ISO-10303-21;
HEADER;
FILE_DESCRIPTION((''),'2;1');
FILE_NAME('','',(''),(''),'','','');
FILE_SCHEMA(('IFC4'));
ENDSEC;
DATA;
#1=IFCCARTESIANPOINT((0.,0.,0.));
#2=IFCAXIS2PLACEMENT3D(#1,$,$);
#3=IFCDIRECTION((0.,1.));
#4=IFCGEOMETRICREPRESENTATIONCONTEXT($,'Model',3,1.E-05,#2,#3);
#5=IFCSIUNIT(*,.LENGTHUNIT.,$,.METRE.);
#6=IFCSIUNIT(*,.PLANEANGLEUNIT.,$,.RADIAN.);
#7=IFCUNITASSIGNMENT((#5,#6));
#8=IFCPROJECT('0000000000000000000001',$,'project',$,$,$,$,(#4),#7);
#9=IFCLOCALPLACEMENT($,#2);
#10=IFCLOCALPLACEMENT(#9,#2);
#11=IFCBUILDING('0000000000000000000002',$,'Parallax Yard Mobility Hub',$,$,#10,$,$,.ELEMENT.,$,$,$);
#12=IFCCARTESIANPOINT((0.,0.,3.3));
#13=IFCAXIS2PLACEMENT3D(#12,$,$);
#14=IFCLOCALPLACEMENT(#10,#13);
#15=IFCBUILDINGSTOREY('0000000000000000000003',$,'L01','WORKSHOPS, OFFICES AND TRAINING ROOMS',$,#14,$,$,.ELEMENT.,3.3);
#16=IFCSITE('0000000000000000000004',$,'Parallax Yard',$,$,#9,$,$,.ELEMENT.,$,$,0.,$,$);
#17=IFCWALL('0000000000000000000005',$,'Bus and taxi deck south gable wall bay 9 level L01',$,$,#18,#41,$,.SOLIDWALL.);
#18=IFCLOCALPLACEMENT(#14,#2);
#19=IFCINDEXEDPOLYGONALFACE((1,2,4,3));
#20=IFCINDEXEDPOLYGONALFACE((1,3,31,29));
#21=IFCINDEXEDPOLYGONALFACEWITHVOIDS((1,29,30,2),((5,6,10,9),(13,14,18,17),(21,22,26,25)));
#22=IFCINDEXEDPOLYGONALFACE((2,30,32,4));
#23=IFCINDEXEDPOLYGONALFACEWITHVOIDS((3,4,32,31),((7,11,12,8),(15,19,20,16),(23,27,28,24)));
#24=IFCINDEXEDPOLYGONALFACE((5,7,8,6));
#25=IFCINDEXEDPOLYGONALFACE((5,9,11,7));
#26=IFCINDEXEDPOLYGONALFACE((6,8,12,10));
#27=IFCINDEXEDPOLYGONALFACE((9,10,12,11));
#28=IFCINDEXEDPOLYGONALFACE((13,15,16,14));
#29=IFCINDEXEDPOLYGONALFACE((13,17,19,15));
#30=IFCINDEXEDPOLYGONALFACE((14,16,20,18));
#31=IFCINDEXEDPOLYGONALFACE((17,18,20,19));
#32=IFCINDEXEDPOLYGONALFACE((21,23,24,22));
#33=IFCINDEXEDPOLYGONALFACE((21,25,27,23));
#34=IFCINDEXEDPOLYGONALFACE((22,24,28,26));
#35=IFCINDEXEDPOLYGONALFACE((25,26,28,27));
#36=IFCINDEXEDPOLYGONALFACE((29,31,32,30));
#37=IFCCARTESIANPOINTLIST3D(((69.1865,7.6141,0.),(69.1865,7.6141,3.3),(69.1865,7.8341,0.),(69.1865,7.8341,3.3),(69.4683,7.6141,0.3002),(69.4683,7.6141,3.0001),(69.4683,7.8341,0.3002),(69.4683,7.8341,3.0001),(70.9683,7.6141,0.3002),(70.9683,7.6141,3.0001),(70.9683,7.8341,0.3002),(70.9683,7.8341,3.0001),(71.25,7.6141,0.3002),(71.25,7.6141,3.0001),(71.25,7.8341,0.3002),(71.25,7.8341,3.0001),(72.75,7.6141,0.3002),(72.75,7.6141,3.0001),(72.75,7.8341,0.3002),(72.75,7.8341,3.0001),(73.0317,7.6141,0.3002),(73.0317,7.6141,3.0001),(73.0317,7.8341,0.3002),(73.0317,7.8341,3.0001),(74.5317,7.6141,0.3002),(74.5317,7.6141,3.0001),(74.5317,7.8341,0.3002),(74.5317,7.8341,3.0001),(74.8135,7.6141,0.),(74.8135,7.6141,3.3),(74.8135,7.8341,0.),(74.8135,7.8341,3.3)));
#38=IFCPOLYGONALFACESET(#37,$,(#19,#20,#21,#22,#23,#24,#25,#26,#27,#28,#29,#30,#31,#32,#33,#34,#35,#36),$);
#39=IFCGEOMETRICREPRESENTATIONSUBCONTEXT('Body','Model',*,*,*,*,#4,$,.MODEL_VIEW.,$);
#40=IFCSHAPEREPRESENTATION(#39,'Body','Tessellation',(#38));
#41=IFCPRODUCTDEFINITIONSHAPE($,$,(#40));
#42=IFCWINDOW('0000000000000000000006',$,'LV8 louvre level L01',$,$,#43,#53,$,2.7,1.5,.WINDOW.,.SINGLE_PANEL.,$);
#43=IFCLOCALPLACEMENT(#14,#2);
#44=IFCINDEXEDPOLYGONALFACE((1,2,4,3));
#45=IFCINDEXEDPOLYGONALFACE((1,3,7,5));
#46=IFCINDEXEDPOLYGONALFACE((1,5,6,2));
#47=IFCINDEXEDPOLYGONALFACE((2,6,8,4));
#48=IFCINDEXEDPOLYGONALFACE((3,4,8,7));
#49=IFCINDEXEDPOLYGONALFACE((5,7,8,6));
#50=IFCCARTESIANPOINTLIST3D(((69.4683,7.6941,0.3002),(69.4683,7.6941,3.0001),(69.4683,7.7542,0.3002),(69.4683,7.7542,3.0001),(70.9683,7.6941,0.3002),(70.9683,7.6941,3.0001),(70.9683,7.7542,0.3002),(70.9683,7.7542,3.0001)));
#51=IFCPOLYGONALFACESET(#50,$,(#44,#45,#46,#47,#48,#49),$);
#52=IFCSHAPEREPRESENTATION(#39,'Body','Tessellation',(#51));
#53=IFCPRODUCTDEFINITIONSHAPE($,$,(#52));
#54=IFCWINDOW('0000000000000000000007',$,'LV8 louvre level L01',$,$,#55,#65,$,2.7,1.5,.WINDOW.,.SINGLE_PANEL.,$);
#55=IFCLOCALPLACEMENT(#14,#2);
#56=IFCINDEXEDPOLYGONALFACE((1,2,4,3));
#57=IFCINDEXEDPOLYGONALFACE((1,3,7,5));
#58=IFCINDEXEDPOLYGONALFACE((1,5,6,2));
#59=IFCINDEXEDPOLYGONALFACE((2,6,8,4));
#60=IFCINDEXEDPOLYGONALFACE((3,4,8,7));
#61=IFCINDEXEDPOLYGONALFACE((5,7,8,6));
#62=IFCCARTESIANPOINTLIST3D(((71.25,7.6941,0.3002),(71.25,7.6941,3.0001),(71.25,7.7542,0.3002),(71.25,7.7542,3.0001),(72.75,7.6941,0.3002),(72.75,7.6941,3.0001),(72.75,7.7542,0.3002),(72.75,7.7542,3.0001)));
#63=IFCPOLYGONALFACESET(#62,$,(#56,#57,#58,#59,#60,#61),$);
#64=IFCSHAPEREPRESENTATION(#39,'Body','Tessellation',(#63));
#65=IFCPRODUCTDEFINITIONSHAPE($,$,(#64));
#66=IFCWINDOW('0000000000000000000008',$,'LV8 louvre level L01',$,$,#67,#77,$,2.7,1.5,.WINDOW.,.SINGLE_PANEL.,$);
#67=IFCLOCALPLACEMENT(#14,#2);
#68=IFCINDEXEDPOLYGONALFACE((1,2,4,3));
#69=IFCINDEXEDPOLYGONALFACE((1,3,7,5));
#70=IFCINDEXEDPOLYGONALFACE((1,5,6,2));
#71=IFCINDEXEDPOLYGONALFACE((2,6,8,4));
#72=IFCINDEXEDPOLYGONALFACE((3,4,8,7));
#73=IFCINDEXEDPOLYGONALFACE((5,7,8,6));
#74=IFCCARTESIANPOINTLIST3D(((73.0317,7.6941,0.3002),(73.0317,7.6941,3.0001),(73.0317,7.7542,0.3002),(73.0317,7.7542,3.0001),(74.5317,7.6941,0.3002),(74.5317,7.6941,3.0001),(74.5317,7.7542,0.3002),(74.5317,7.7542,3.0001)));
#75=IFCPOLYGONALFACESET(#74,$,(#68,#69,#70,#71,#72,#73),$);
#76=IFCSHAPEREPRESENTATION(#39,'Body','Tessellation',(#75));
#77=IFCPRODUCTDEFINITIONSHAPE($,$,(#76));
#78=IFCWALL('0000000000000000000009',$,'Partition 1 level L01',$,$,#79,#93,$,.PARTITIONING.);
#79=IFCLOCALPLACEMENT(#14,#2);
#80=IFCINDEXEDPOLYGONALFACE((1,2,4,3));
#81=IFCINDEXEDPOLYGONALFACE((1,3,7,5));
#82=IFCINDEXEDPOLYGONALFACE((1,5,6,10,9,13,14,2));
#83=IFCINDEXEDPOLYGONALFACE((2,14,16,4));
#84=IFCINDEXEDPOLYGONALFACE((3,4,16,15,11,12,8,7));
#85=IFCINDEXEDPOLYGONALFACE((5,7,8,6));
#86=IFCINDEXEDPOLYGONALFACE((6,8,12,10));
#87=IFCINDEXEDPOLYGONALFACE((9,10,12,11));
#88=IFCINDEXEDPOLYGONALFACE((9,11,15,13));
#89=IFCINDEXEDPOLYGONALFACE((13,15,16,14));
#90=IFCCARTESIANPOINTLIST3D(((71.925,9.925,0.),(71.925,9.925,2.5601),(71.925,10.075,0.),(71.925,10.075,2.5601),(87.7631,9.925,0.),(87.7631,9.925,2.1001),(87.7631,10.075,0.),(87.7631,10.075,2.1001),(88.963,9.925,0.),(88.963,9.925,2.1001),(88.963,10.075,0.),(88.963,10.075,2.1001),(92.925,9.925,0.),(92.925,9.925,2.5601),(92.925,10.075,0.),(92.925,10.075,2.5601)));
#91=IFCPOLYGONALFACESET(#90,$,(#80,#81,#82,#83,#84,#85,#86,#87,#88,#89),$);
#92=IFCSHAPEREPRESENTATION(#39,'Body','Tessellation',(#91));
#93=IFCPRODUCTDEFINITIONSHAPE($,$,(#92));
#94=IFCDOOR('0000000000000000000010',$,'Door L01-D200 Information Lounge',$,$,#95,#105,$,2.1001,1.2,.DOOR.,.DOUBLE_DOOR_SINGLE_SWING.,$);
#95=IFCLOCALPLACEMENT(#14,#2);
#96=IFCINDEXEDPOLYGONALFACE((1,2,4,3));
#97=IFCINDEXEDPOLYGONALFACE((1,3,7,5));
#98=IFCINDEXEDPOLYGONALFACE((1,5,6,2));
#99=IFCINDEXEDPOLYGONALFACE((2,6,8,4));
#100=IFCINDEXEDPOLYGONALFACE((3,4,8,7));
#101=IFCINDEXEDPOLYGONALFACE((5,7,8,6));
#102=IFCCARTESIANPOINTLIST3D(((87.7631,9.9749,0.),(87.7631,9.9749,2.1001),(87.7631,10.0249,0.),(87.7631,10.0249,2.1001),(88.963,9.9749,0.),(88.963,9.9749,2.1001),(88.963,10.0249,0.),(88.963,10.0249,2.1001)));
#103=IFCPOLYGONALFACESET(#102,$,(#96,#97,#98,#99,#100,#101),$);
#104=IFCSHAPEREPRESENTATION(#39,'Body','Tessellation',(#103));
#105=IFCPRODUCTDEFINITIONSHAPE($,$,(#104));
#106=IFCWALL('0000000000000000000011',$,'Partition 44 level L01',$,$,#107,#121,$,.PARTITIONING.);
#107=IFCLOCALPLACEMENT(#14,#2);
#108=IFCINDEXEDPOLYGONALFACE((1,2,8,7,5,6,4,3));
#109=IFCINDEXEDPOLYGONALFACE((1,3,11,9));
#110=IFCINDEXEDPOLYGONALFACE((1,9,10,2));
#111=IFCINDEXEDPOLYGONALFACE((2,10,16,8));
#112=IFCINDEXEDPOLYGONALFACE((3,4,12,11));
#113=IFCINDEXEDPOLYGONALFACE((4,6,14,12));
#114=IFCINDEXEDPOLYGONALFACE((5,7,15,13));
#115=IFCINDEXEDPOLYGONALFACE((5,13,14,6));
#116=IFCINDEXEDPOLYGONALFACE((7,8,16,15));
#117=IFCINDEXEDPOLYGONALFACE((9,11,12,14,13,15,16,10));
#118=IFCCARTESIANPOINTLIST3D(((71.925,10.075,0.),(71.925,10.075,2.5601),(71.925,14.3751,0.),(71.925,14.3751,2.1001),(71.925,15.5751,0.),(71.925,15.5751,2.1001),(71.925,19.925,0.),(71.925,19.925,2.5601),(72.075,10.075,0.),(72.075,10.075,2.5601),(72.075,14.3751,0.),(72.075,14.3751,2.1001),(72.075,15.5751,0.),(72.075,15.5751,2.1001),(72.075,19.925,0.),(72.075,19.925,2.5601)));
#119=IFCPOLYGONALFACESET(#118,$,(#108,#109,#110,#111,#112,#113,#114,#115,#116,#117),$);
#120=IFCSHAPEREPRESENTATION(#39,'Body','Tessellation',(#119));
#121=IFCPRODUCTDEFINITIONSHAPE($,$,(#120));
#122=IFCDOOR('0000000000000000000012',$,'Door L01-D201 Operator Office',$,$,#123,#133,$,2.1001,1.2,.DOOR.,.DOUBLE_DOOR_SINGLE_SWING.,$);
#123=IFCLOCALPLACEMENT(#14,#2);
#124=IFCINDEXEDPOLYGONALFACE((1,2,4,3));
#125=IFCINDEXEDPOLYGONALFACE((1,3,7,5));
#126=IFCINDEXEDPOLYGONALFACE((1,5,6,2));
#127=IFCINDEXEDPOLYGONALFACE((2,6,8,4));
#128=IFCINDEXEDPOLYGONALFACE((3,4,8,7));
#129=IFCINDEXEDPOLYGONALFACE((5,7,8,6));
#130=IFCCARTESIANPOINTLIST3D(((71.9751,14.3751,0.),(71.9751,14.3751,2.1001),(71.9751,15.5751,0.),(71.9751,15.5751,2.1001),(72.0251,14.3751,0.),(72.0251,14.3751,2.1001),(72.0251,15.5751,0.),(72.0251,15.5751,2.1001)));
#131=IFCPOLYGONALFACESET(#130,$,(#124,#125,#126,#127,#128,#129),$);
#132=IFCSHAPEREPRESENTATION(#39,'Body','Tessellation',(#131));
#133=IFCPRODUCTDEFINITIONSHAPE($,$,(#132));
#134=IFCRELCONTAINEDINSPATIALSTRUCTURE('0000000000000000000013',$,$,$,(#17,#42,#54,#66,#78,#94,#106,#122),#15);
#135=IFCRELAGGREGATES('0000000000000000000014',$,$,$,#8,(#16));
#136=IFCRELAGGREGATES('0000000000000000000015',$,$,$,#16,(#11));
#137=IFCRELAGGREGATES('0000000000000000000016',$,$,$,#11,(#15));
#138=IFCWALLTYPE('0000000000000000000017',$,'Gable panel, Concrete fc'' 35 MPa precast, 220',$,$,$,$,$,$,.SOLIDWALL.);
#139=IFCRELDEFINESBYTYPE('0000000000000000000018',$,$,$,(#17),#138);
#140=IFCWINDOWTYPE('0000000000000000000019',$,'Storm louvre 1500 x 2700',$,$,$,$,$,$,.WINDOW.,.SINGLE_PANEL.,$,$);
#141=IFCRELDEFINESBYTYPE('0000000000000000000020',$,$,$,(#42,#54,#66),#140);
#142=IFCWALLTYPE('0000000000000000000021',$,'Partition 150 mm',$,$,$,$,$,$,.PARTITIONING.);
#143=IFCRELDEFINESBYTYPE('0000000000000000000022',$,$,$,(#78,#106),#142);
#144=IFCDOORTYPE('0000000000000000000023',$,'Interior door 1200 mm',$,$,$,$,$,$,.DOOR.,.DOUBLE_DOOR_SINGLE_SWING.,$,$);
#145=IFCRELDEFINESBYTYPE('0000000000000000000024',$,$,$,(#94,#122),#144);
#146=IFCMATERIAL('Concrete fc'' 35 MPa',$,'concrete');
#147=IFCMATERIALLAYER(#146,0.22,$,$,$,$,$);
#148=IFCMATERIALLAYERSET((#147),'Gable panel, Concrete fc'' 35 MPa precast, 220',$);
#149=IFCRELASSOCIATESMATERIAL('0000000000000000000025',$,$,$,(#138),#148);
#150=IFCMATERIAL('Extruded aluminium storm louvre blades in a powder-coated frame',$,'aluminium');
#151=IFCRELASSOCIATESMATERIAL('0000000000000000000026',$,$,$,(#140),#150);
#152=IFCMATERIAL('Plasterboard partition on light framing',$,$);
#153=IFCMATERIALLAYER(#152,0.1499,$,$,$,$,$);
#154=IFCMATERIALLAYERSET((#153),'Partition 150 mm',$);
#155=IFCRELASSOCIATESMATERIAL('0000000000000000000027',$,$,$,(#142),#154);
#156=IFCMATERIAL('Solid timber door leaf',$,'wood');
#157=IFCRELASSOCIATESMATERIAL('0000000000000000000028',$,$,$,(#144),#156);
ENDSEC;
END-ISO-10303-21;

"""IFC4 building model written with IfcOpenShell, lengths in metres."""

from ifc_helpers import new_model, si_unit, direction, frame, frame_2d, origin, place, context, subcontext, project, spatial, rectangle, extrude, material, layer, layer_set, type_object, element, fill, save


model = new_model("IFC4")

# Units and contexts
model_context = context("Model", 3, precision=1e-05, world=origin(), true_north=direction((0.0, 1.0)))
body_context = subcontext(model_context, "Body", "Model", "MODEL_VIEW")
ifc_project = project(units=[si_unit("LENGTHUNIT", "METRE"), si_unit("PLANEANGLEUNIT", "RADIAN")], contexts=[model_context])

# Site, building, storey
site_placement = place(None, origin())
site = spatial("IfcSite", under=ifc_project, at=site_placement, Name="Parallax Yard", CompositionType="ELEMENT", RefElevation=0.0)
building_placement = place(site_placement, origin())
building = spatial("IfcBuilding", under=site, at=building_placement, Name="Parallax Yard Mobility Hub", CompositionType="ELEMENT")
storey_placement = place(building_placement, frame((0.0, 0.0, 3.3)))
storey = spatial("IfcBuildingStorey", under=building, at=storey_placement, Name="L01", Description="WORKSHOPS, OFFICES AND TRAINING ROOMS", CompositionType="ELEMENT", Elevation=3.3)

# Wall, openings, windows
ifc_material_1 = material(Name="Concrete fc' 35 MPa", Category="concrete")
ifc_layer_1 = layer(ifc_material_1, 0.22)
ifc_layer_set_1 = layer_set([ifc_layer_1], Name="Gable panel, Concrete fc' 35 MPa precast, 220")
wall_type_1 = type_object("IfcWallType", Name="Gable panel, Concrete fc' 35 MPa precast, 220", PredefinedType="SOLIDWALL", material=ifc_layer_set_1)
wall_1_placement = place(storey_placement, frame((69.1865, 7.7241, 0.0), z_axis=(0.0, 0.0, 1.0), x_axis=(1.0, 0.0, 0.0)))
wall_1 = element("IfcWall", 1, at=wall_1_placement, inside=storey, type_object=wall_type_1, Name="Bus and taxi deck south gable wall bay 9 level L01", PredefinedType="SOLIDWALL", context=body_context, shape_type="SweptSolid", body=[
    extrude(rectangle(XDim=5.627, YDim=0.22, at=frame_2d((2.8135, 0.0))), origin(), (0.0, 0.0, 1.0), 3.3),
])
opening_1_placement = place(wall_1_placement, frame((0.2817, 0.0, 0.3)))
opening_1 = element("IfcOpeningElement", 2, at=opening_1_placement, cuts=wall_1, PredefinedType="OPENING", context=body_context, shape_type="SweptSolid", body=[
    extrude(rectangle(XDim=1.5, YDim=2.7, at=frame_2d((0.75, 1.3501))), frame((0.0, 0.1201, 0.0), z_axis=(0.0, -1.0, 0.0), x_axis=(1.0, 0.0, 0.0)), (0.0, 0.0, 1.0), 0.24),
])
opening_2_placement = place(wall_1_placement, frame((2.0635, 0.0, 0.3)))
opening_2 = element("IfcOpeningElement", 3, at=opening_2_placement, cuts=wall_1, PredefinedType="OPENING", context=body_context, shape_type="SweptSolid", body=[
    extrude(rectangle(XDim=1.5, YDim=2.7, at=frame_2d((0.75, 1.3501))), frame((0.0, 0.1201, 0.0), z_axis=(0.0, -1.0, 0.0), x_axis=(1.0, 0.0, 0.0)), (0.0, 0.0, 1.0), 0.24),
])
opening_3_placement = place(wall_1_placement, frame((3.8452, 0.0, 0.3)))
opening_3 = element("IfcOpeningElement", 4, at=opening_3_placement, cuts=wall_1, PredefinedType="OPENING", context=body_context, shape_type="SweptSolid", body=[
    extrude(rectangle(XDim=1.5, YDim=2.7, at=frame_2d((0.75, 1.3501))), frame((0.0, 0.1201, 0.0), z_axis=(0.0, -1.0, 0.0), x_axis=(1.0, 0.0, 0.0)), (0.0, 0.0, 1.0), 0.24),
])
ifc_material_2 = material(Name="Extruded aluminium storm louvre blades in a powder-coated frame", Category="aluminium")
window_type = type_object("IfcWindowType", Name="Storm louvre 1500 x 2700", PartitioningType="SINGLE_PANEL", PredefinedType="WINDOW", material=ifc_material_2)
window_1_placement = place(opening_1_placement, origin())
window_1 = element("IfcWindow", 5, at=window_1_placement, inside=storey, type_object=window_type, Name="LV8 louvre level L01", OverallHeight=2.7, OverallWidth=1.5, PartitioningType="SINGLE_PANEL", PredefinedType="WINDOW", context=body_context, shape_type="SweptSolid", body=[
    extrude(rectangle(XDim=1.5, YDim=2.7, at=frame_2d((0.75, 1.3501))), frame((0.0, 0.03, 0.0), z_axis=(0.0, -1.0, 0.0), x_axis=(1.0, 0.0, 0.0)), (0.0, 0.0, 1.0), 0.0601),
])
fill(opening_1, window_1)
window_2_placement = place(opening_2_placement, origin())
window_2 = element("IfcWindow", 6, at=window_2_placement, inside=storey, type_object=window_type, Name="LV8 louvre level L01", OverallHeight=2.7, OverallWidth=1.5, PartitioningType="SINGLE_PANEL", PredefinedType="WINDOW", context=body_context, shape_type="SweptSolid", body=[
    extrude(rectangle(XDim=1.5, YDim=2.7, at=frame_2d((0.75, 1.3501))), frame((0.0, 0.03, 0.0), z_axis=(0.0, -1.0, 0.0), x_axis=(1.0, 0.0, 0.0)), (0.0, 0.0, 1.0), 0.0601),
])
fill(opening_2, window_2)
window_3_placement = place(opening_3_placement, origin())
window_3 = element("IfcWindow", 7, at=window_3_placement, inside=storey, type_object=window_type, Name="LV8 louvre level L01", OverallHeight=2.7, OverallWidth=1.5, PartitioningType="SINGLE_PANEL", PredefinedType="WINDOW", context=body_context, shape_type="SweptSolid", body=[
    extrude(rectangle(XDim=1.5, YDim=2.7, at=frame_2d((0.75, 1.3501))), frame((0.0, 0.03, 0.0), z_axis=(0.0, -1.0, 0.0), x_axis=(1.0, 0.0, 0.0)), (0.0, 0.0, 1.0), 0.0601),
])
fill(opening_3, window_3)

# Walls, openings, doors
ifc_material_3 = material(Name="Plasterboard partition on light framing")
ifc_layer_2 = layer(ifc_material_3, 0.1499)
ifc_layer_set_2 = layer_set([ifc_layer_2], Name="Partition 150 mm")
wall_type_2 = type_object("IfcWallType", Name="Partition 150 mm", PredefinedType="PARTITIONING", material=ifc_layer_set_2)
wall_2_placement = place(storey_placement, frame((71.925, 10.0, 0.0), z_axis=(0.0, 0.0, 1.0), x_axis=(1.0, 0.0, 0.0)))
wall_2 = element("IfcWall", 8, at=wall_2_placement, inside=storey, type_object=wall_type_2, Name="Partition 1 level L01", PredefinedType="PARTITIONING", context=body_context, shape_type="SweptSolid", body=[
    extrude(rectangle(XDim=21.0, YDim=0.1499, at=frame_2d((10.5, 0.0))), origin(), (0.0, 0.0, 1.0), 2.5601),
])
opening_4_placement = place(wall_2_placement, frame((15.8379, 0.0, 0.0)))
opening_4 = element("IfcOpeningElement", 9, at=opening_4_placement, cuts=wall_2, PredefinedType="OPENING", context=body_context, shape_type="SweptSolid", body=[
    extrude(rectangle(XDim=1.2, YDim=2.1001, at=frame_2d((0.6001, 1.05))), frame((0.0, 0.085, 0.0), z_axis=(0.0, -1.0, 0.0), x_axis=(1.0, 0.0, 0.0)), (0.0, 0.0, 1.0), 0.1699),
])
ifc_material_4 = material(Name="Solid timber door leaf", Category="wood")
door_type = type_object("IfcDoorType", Name="Interior door 1200 mm", OperationType="DOUBLE_DOOR_SINGLE_SWING", PredefinedType="DOOR", material=ifc_material_4)
door_1_placement = place(opening_4_placement, origin())
door_1 = element("IfcDoor", 10, at=door_1_placement, inside=storey, type_object=door_type, Name="Door L01-D200 Information Lounge", OperationType="DOUBLE_DOOR_SINGLE_SWING", OverallHeight=2.1001, OverallWidth=1.2, PredefinedType="DOOR", context=body_context, shape_type="SweptSolid", body=[
    extrude(rectangle(XDim=1.2, YDim=2.1001, at=frame_2d((0.6001, 1.05))), frame((0.0, 0.0249, 0.0), z_axis=(0.0, -1.0, 0.0), x_axis=(1.0, 0.0, 0.0)), (0.0, 0.0, 1.0), 0.05),
])
fill(opening_4, door_1)
wall_3_placement = place(storey_placement, frame((72.0, 10.075, 0.0), z_axis=(0.0, 0.0, 1.0), x_axis=(0.0, 1.0, 0.0)))
wall_3 = element("IfcWall", 11, at=wall_3_placement, inside=storey, type_object=wall_type_2, Name="Partition 44 level L01", PredefinedType="PARTITIONING", context=body_context, shape_type="SweptSolid", body=[
    extrude(rectangle(XDim=9.8501, YDim=0.1499, at=frame_2d((4.925, 0.0))), origin(), (0.0, 0.0, 1.0), 2.5601),
])
opening_5_placement = place(wall_3_placement, frame((4.3, 0.0, 0.0)))
opening_5 = element("IfcOpeningElement", 12, at=opening_5_placement, cuts=wall_3, PredefinedType="OPENING", context=body_context, shape_type="SweptSolid", body=[
    extrude(rectangle(XDim=1.2, YDim=2.1001, at=frame_2d((0.6001, 1.05))), frame((0.0, 0.085, 0.0), z_axis=(0.0, -1.0, 0.0), x_axis=(1.0, 0.0, 0.0)), (0.0, 0.0, 1.0), 0.1699),
])
door_2_placement = place(opening_5_placement, origin())
door_2 = element("IfcDoor", 13, at=door_2_placement, inside=storey, type_object=door_type, Name="Door L01-D201 Operator Office", OperationType="DOUBLE_DOOR_SINGLE_SWING", OverallHeight=2.1001, OverallWidth=1.2, PredefinedType="DOOR", context=body_context, shape_type="SweptSolid", body=[
    extrude(rectangle(XDim=1.2, YDim=2.1001, at=frame_2d((0.6001, 1.05))), frame((0.0, 0.0249, 0.0), z_axis=(0.0, -1.0, 0.0), x_axis=(1.0, 0.0, 0.0)), (0.0, 0.0, 1.0), 0.05),
])
fill(opening_5, door_2)

save(model, "model.ifc")
